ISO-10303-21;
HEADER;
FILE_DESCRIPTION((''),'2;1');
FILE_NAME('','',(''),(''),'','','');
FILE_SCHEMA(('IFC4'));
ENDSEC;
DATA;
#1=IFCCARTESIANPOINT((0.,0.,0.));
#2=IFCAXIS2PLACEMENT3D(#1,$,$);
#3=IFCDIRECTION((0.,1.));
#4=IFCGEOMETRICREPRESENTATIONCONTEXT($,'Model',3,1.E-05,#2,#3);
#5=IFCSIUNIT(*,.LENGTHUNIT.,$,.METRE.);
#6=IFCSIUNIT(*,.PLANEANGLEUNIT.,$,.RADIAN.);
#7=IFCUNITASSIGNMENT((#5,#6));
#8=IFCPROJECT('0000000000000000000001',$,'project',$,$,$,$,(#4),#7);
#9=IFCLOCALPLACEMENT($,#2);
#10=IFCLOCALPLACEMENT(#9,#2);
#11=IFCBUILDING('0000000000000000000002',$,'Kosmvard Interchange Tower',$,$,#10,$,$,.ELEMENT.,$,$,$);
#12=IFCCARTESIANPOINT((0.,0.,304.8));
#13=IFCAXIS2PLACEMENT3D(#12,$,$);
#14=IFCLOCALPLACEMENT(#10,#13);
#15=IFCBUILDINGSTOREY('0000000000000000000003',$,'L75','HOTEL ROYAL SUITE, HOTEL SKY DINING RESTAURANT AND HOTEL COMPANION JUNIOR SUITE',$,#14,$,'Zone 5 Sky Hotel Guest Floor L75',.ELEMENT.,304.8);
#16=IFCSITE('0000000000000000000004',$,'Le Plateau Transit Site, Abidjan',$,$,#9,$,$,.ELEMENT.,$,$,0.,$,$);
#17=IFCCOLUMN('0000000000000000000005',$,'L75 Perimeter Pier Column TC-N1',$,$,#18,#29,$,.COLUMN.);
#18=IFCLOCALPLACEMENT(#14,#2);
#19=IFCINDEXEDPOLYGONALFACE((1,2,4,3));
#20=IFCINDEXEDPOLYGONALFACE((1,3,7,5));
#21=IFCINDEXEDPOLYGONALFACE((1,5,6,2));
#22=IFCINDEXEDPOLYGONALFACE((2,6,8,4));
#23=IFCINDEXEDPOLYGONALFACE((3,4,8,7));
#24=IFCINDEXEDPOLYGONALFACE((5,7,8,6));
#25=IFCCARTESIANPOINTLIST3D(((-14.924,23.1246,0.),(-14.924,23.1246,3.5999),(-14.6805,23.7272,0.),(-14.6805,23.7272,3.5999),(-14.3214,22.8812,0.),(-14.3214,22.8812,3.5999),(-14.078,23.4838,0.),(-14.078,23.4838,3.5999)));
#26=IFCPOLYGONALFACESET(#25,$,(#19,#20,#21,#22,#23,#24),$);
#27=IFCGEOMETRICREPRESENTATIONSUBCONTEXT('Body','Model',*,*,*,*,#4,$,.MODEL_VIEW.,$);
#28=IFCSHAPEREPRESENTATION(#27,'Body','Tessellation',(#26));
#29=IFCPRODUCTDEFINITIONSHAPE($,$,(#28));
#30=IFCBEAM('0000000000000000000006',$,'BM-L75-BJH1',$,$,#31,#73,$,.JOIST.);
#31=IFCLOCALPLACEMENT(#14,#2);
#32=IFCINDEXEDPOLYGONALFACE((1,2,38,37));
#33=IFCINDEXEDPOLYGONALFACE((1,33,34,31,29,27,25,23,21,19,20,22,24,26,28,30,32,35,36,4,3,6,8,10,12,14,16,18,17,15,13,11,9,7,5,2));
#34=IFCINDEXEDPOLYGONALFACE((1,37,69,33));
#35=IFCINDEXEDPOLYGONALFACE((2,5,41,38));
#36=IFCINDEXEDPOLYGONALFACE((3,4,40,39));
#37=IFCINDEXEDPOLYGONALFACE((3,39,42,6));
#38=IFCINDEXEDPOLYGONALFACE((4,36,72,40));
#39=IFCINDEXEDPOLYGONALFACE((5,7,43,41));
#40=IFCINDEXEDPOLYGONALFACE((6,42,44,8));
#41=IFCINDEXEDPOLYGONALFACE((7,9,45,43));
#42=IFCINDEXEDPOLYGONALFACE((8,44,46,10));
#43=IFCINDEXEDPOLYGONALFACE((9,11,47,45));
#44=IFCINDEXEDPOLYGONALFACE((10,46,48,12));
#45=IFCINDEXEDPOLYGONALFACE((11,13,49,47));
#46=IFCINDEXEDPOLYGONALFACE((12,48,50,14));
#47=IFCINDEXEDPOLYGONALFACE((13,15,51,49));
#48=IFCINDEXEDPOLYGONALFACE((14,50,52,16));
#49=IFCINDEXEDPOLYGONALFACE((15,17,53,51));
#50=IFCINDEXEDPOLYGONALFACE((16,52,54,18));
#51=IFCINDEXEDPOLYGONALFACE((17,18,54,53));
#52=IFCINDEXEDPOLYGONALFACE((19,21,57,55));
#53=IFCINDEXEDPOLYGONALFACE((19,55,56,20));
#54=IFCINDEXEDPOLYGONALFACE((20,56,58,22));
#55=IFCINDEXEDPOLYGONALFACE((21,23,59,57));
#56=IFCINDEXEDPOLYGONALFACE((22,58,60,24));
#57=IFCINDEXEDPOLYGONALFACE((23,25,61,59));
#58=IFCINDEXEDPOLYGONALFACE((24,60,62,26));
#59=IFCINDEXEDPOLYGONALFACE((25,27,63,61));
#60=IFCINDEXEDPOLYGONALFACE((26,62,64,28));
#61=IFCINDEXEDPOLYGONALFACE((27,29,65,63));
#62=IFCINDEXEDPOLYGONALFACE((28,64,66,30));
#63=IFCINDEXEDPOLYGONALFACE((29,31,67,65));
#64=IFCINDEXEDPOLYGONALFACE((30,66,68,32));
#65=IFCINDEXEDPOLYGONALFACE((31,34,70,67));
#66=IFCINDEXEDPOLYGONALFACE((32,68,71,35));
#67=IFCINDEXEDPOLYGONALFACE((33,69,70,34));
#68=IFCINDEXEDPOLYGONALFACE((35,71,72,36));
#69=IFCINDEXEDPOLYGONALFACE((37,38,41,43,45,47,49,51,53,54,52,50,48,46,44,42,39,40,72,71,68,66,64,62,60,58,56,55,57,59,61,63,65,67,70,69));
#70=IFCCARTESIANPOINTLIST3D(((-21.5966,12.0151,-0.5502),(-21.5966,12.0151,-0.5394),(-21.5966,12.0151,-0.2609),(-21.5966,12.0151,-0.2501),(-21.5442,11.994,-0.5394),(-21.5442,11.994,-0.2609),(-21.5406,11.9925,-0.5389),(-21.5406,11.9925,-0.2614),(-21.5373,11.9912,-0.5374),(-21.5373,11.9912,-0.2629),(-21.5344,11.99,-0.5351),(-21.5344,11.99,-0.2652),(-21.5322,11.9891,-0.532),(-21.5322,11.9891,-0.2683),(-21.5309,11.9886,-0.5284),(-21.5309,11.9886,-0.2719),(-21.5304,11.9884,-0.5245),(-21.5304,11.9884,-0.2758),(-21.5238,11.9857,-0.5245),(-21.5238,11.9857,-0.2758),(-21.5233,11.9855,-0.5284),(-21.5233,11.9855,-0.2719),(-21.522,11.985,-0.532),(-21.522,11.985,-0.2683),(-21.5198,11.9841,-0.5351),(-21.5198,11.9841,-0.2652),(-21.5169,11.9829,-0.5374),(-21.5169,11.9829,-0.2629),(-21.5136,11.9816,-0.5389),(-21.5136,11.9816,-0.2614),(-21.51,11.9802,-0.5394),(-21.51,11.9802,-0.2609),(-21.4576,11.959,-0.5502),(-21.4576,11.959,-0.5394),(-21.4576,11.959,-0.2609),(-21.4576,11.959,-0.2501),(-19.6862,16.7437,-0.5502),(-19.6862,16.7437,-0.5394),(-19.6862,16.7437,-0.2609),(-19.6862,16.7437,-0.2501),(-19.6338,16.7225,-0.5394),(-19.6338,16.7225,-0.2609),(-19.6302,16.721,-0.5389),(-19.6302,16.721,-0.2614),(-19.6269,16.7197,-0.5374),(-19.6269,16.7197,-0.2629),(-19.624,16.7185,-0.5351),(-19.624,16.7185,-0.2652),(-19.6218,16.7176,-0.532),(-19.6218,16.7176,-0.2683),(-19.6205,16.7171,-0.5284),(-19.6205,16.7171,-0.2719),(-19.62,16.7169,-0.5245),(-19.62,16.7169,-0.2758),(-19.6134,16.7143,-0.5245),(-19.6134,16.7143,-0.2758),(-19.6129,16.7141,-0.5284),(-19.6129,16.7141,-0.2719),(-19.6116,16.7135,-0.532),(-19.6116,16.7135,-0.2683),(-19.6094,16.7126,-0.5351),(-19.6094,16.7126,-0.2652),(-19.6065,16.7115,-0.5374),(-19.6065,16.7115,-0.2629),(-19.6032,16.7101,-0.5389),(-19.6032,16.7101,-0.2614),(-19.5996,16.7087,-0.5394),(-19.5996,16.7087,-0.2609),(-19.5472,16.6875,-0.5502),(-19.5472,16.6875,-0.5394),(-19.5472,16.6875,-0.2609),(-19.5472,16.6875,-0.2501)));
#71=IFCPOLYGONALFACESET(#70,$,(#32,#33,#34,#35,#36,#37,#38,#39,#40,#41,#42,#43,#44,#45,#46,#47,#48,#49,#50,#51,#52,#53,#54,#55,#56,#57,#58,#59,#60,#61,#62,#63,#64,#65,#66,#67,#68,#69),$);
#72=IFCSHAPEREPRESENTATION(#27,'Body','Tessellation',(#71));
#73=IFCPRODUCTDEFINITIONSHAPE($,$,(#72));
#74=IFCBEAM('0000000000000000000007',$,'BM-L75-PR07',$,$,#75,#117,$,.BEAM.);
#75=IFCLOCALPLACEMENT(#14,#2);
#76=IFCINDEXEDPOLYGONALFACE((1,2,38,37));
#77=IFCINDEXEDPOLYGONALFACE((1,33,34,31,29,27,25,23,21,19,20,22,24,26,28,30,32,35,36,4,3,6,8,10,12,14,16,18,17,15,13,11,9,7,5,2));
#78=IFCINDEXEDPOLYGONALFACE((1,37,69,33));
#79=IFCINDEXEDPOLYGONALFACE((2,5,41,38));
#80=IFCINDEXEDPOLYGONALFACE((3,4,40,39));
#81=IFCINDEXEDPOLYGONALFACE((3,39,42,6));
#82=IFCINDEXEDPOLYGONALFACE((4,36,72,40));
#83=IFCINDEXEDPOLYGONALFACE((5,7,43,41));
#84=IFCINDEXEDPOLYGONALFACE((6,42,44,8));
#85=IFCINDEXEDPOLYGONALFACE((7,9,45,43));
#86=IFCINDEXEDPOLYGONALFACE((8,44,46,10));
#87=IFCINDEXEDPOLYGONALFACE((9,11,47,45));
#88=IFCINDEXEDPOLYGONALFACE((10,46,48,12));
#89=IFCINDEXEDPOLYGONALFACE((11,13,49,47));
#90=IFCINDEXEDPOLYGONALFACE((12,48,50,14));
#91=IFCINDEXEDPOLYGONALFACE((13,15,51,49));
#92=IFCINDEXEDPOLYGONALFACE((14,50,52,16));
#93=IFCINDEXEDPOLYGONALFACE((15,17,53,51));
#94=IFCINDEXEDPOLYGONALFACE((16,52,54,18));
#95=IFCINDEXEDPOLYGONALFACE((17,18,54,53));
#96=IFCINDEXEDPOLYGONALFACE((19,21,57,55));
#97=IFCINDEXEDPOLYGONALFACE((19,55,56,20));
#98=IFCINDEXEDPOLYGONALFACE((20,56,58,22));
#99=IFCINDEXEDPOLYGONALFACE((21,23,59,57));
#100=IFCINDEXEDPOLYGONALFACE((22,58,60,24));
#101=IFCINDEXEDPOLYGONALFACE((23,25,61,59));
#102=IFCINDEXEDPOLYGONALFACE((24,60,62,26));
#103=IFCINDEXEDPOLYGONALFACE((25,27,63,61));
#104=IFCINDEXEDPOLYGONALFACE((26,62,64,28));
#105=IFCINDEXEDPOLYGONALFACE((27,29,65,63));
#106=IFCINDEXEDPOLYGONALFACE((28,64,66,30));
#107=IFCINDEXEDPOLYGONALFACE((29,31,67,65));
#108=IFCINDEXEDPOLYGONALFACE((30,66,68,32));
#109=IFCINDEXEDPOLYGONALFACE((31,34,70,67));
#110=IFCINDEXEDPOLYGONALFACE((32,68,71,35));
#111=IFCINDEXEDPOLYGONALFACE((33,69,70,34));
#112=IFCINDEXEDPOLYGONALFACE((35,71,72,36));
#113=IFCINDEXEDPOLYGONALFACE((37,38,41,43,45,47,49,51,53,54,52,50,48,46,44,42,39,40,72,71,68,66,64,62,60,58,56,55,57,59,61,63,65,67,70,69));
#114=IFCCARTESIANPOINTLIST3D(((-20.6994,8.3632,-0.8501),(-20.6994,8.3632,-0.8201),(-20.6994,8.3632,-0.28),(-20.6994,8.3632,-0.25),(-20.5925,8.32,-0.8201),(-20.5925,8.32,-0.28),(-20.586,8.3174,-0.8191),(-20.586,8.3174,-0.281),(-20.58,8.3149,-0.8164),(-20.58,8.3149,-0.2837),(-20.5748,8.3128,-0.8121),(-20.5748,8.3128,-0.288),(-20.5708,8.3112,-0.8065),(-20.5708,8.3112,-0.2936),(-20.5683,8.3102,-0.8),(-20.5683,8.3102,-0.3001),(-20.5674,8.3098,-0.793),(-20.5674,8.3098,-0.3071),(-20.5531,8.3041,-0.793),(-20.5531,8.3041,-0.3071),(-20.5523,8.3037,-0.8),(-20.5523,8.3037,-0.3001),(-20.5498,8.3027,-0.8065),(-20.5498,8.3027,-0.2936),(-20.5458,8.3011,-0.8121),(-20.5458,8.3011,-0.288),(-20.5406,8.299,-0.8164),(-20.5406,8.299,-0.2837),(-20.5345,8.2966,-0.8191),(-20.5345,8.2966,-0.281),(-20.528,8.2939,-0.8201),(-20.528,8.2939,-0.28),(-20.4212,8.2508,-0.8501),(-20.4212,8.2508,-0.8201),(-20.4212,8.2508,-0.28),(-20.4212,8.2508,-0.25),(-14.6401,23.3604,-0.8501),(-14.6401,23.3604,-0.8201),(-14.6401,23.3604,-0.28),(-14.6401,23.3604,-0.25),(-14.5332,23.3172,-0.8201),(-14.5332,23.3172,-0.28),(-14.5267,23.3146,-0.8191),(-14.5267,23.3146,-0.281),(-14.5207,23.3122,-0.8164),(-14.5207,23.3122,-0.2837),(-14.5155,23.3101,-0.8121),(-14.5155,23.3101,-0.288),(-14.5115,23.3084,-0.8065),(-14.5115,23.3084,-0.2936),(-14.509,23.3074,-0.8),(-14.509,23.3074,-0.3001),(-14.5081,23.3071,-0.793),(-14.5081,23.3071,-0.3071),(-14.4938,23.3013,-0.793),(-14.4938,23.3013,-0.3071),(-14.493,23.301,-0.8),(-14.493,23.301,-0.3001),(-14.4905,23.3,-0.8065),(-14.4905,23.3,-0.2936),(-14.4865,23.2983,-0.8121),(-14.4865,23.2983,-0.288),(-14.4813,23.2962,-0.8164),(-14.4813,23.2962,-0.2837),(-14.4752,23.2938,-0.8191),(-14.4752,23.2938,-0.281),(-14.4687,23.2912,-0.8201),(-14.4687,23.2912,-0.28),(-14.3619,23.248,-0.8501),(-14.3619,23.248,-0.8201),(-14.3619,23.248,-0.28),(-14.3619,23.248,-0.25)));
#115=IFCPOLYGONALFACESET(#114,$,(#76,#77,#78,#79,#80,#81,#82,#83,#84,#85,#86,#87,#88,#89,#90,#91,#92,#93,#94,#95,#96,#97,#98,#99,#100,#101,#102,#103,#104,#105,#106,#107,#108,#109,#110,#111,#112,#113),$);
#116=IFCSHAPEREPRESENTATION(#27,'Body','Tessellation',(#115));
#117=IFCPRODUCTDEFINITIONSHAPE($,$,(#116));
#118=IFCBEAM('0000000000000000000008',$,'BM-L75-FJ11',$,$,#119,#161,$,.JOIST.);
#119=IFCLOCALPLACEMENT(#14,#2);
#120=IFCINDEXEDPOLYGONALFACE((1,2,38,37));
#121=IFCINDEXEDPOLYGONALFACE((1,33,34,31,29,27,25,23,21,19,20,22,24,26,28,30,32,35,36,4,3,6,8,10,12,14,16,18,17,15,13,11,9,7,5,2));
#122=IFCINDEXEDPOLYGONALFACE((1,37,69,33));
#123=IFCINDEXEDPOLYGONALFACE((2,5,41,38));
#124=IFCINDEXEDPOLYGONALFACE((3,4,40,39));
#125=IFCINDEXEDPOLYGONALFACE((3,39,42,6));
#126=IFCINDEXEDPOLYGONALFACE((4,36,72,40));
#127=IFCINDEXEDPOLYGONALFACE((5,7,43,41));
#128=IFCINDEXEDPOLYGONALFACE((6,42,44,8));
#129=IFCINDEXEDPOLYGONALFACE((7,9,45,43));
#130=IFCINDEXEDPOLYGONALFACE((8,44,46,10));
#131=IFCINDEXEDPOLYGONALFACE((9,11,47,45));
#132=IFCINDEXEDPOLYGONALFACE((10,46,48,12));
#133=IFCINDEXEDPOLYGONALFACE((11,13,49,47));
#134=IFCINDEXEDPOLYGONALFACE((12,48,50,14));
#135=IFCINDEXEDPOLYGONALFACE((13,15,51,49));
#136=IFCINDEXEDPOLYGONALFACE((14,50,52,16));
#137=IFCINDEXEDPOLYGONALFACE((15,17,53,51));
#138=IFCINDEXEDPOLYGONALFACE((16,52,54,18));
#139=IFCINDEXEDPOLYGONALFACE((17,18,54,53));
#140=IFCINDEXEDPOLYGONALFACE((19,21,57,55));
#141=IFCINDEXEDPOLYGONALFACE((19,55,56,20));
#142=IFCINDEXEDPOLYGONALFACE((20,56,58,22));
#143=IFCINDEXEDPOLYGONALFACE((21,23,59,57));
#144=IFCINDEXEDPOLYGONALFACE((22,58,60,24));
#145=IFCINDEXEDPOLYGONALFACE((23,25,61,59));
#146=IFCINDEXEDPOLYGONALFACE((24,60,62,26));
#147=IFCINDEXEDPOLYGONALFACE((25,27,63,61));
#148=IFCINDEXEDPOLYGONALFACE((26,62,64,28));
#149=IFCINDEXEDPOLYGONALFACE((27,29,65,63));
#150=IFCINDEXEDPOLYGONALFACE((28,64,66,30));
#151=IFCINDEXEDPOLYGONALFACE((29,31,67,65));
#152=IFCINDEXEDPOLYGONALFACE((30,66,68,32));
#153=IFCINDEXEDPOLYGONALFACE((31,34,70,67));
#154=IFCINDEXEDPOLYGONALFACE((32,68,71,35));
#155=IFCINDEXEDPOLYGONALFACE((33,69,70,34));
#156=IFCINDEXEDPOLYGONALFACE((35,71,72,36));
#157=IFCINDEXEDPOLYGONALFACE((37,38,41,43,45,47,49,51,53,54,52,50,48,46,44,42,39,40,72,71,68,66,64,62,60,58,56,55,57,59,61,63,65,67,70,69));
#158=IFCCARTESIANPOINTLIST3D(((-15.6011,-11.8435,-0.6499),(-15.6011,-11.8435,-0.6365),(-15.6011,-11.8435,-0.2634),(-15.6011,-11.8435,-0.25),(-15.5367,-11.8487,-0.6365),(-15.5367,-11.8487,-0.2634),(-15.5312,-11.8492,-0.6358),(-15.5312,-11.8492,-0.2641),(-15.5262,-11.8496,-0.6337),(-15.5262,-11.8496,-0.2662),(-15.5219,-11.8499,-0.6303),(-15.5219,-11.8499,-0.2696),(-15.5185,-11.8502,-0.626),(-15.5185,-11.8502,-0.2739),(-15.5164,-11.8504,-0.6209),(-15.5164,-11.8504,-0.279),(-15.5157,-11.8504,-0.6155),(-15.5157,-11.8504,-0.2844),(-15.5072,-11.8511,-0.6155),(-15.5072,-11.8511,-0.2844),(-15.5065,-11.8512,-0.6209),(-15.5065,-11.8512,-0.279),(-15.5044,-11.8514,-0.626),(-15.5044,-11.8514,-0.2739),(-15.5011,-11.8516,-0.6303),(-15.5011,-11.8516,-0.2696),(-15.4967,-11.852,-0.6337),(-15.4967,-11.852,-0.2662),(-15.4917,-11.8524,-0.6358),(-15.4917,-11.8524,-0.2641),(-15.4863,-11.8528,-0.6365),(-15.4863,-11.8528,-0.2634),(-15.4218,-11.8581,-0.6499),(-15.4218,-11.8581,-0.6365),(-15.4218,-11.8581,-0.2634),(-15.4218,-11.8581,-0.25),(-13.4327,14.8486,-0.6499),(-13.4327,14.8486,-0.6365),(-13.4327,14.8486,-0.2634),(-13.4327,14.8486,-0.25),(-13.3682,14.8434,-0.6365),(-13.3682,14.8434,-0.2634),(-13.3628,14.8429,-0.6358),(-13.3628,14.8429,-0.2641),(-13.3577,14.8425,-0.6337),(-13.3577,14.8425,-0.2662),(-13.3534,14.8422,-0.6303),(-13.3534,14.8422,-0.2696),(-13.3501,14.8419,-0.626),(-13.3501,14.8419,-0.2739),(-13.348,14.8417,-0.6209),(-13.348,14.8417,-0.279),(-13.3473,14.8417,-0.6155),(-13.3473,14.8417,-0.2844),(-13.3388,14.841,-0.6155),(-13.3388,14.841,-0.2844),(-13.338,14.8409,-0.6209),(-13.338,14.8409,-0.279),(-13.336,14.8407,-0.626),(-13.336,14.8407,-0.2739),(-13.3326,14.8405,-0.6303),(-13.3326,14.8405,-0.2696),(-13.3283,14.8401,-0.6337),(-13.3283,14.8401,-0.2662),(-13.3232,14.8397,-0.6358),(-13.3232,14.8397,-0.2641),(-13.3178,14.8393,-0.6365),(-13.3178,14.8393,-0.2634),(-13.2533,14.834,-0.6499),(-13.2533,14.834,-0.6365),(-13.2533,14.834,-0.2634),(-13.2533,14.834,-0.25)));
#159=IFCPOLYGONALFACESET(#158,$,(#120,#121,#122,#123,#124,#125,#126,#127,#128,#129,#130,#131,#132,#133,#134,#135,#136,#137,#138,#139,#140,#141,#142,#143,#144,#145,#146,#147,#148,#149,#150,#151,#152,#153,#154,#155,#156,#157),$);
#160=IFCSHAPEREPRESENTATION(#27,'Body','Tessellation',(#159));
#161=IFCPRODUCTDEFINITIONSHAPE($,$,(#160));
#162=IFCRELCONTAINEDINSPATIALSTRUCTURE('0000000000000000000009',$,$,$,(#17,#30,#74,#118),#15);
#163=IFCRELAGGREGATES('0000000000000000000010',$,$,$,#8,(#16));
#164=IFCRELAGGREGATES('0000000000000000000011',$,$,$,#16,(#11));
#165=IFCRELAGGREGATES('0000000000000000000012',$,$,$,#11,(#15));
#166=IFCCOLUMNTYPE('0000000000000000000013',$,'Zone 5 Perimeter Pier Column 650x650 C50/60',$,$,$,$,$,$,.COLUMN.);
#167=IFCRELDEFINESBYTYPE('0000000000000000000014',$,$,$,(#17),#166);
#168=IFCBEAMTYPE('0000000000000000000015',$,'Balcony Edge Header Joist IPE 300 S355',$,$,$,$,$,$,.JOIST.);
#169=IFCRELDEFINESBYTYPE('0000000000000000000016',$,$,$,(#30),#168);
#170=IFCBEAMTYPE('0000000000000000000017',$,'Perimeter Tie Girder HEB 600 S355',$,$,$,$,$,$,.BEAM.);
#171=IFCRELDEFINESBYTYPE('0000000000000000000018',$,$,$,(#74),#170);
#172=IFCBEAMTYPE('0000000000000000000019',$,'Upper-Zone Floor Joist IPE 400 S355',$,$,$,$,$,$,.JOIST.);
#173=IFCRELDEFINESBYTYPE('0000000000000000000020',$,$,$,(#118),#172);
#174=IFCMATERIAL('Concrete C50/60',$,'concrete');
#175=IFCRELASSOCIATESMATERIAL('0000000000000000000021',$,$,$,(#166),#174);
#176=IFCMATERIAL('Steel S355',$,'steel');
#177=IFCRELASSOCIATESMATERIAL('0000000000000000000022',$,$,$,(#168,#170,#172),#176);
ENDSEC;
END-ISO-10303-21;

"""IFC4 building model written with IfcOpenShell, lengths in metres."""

from ifc_helpers import new_model, si_unit, direction, frame, origin, origin_2d, place, context, subcontext, project, spatial, rectangle, i_section, extrude, source, transform, mapped, material, material_profile, profile_set, type_object, element, save


model = new_model("IFC4")

# Units and contexts
model_context = context("Model", 3, precision=1e-05, world=origin(), true_north=direction((0.0, 1.0)))
body_context = subcontext(model_context, "Body", "Model", "MODEL_VIEW")
ifc_project = project(units=[si_unit("LENGTHUNIT", "METRE"), si_unit("PLANEANGLEUNIT", "RADIAN")], contexts=[model_context])

# Site, building, storey
site_placement = place(None, origin())
site = spatial("IfcSite", under=ifc_project, at=site_placement, Name="Le Plateau Transit Site, Abidjan", CompositionType="ELEMENT", RefElevation=0.0)
building_placement = place(site_placement, origin())
building = spatial("IfcBuilding", under=site, at=building_placement, Name="Kosmvard Interchange Tower", CompositionType="ELEMENT")
storey_placement = place(building_placement, frame((0.0, 0.0, 304.8)))
storey = spatial("IfcBuildingStorey", under=building, at=storey_placement, Name="L75", Description="HOTEL ROYAL SUITE, HOTEL SKY DINING RESTAURANT AND HOTEL COMPANION JUNIOR SUITE", LongName="Zone 5 Sky Hotel Guest Floor L75", CompositionType="ELEMENT", Elevation=304.8)

# Column
ifc_material_1 = material(Name="Concrete C50/60", Category="concrete")
ifc_material_profile_1 = material_profile(ifc_material_1, rectangle(XDim=0.6499, YDim=0.6499, at=origin_2d()), Name="TC 650x650")
ifc_profile_set_1 = profile_set([ifc_material_profile_1], Name="Concrete C50/60")
column_type = type_object("IfcColumnType", Name="Zone 5 Perimeter Pier Column 650x650 C50/60", PredefinedType="COLUMN", material=ifc_profile_set_1)
shared_shape_1 = source(origin(), body_context, "Body", "SweptSolid", [
    extrude(rectangle(XDim=0.6499, YDim=0.6499, at=origin_2d()), origin(), (0.0, 0.0, 1.0), 3.5999),
])
column_placement = place(storey_placement, frame((-14.501, 23.3042, 0.0), z_axis=(0.0, 0.0, 1.0), x_axis=(0.374607, 0.927184, 0.0)))
element("IfcColumn", 1, at=column_placement, inside=storey, type_object=column_type, Name="L75 Perimeter Pier Column TC-N1", PredefinedType="COLUMN", context=body_context, shape_type="MappedRepresentation", body=[
    mapped(shared_shape_1, transform((0.0, 0.0, 0.0), scale=1.0)),
])

# Beams
ifc_material_2 = material(Name="Steel S355", Category="steel")
ifc_material_profile_2 = material_profile(ifc_material_2, i_section(OverallWidth=0.1499, OverallDepth=0.3, WebThickness=0.0071, FlangeThickness=0.0107, FilletRadius=0.0149, at=origin_2d()), Name="IPE 300")
ifc_profile_set_2 = profile_set([ifc_material_profile_2], Name="Steel S355")
beam_type_1 = type_object("IfcBeamType", Name="Balcony Edge Header Joist IPE 300 S355", PredefinedType="JOIST", material=ifc_profile_set_2)
shared_shape_2 = source(origin(), body_context, "Body", "SweptSolid", [
    extrude(i_section(OverallWidth=0.1499, OverallDepth=0.3, WebThickness=0.0071, FlangeThickness=0.0107, FilletRadius=0.0149, at=origin_2d()), origin(), (0.0, 0.0, 1.0), 5.0999),
])
beam_1_placement = place(storey_placement, frame((-19.6167, 16.7156, -0.4001), z_axis=(-0.374599, -0.927187, 0.0), x_axis=(0.927187, -0.374599, 0.0)))
element("IfcBeam", 2, at=beam_1_placement, inside=storey, type_object=beam_type_1, Name="BM-L75-BJH1", PredefinedType="JOIST", context=body_context, shape_type="MappedRepresentation", body=[
    mapped(shared_shape_2, transform((0.0, 0.0, 0.0), scale=1.0)),
])
ifc_material_profile_3 = material_profile(ifc_material_2, i_section(OverallWidth=0.3, OverallDepth=0.6001, WebThickness=0.0154, FlangeThickness=0.03, FilletRadius=0.0271, at=origin_2d()), Name="HEB 600")
ifc_profile_set_3 = profile_set([ifc_material_profile_3], Name="Steel S355")
beam_type_2 = type_object("IfcBeamType", Name="Perimeter Tie Girder HEB 600 S355", PredefinedType="BEAM", material=ifc_profile_set_3)
shared_shape_3 = source(origin(), body_context, "Body", "SweptSolid", [
    extrude(i_section(OverallWidth=0.3, OverallDepth=0.6001, WebThickness=0.0154, FlangeThickness=0.03, FilletRadius=0.0271, at=origin_2d()), origin(), (0.0, 0.0, 1.0), 16.175),
])
beam_2_placement = place(storey_placement, frame((-14.501, 23.3042, -0.55), z_axis=(-0.374608, -0.927183, 0.0), x_axis=(0.927183, -0.374608, 0.0)))
element("IfcBeam", 3, at=beam_2_placement, inside=storey, type_object=beam_type_2, Name="BM-L75-PR07", PredefinedType="BEAM", context=body_context, shape_type="MappedRepresentation", body=[
    mapped(shared_shape_3, transform((0.0, 0.0, 0.0), scale=1.0)),
])
ifc_material_profile_4 = material_profile(ifc_material_2, i_section(OverallWidth=0.1799, OverallDepth=0.3999, WebThickness=0.0085, FlangeThickness=0.0134, FilletRadius=0.021, at=origin_2d()), Name="IPE 400")
ifc_profile_set_4 = profile_set([ifc_material_profile_4], Name="Steel S355")
beam_type_3 = type_object("IfcBeamType", Name="Upper-Zone Floor Joist IPE 400 S355", PredefinedType="JOIST", material=ifc_profile_set_4)
shared_shape_4 = source(origin(), body_context, "Body", "SweptSolid", [
    extrude(i_section(OverallWidth=0.1799, OverallDepth=0.3999, WebThickness=0.0085, FlangeThickness=0.0134, FilletRadius=0.021, at=origin_2d()), origin(), (0.0, 0.0, 1.0), 26.78),
])
beam_3_placement = place(storey_placement, frame((-13.343, 14.8413, -0.45), z_axis=(-0.080973, -0.996716, 0.0), x_axis=(0.996716, -0.080973, 0.0)))
element("IfcBeam", 4, at=beam_3_placement, inside=storey, type_object=beam_type_3, Name="BM-L75-FJ11", PredefinedType="JOIST", context=body_context, shape_type="MappedRepresentation", body=[
    mapped(shared_shape_4, transform((0.0, 0.0, 0.0), scale=1.0)),
])

save(model, "model.ifc")
